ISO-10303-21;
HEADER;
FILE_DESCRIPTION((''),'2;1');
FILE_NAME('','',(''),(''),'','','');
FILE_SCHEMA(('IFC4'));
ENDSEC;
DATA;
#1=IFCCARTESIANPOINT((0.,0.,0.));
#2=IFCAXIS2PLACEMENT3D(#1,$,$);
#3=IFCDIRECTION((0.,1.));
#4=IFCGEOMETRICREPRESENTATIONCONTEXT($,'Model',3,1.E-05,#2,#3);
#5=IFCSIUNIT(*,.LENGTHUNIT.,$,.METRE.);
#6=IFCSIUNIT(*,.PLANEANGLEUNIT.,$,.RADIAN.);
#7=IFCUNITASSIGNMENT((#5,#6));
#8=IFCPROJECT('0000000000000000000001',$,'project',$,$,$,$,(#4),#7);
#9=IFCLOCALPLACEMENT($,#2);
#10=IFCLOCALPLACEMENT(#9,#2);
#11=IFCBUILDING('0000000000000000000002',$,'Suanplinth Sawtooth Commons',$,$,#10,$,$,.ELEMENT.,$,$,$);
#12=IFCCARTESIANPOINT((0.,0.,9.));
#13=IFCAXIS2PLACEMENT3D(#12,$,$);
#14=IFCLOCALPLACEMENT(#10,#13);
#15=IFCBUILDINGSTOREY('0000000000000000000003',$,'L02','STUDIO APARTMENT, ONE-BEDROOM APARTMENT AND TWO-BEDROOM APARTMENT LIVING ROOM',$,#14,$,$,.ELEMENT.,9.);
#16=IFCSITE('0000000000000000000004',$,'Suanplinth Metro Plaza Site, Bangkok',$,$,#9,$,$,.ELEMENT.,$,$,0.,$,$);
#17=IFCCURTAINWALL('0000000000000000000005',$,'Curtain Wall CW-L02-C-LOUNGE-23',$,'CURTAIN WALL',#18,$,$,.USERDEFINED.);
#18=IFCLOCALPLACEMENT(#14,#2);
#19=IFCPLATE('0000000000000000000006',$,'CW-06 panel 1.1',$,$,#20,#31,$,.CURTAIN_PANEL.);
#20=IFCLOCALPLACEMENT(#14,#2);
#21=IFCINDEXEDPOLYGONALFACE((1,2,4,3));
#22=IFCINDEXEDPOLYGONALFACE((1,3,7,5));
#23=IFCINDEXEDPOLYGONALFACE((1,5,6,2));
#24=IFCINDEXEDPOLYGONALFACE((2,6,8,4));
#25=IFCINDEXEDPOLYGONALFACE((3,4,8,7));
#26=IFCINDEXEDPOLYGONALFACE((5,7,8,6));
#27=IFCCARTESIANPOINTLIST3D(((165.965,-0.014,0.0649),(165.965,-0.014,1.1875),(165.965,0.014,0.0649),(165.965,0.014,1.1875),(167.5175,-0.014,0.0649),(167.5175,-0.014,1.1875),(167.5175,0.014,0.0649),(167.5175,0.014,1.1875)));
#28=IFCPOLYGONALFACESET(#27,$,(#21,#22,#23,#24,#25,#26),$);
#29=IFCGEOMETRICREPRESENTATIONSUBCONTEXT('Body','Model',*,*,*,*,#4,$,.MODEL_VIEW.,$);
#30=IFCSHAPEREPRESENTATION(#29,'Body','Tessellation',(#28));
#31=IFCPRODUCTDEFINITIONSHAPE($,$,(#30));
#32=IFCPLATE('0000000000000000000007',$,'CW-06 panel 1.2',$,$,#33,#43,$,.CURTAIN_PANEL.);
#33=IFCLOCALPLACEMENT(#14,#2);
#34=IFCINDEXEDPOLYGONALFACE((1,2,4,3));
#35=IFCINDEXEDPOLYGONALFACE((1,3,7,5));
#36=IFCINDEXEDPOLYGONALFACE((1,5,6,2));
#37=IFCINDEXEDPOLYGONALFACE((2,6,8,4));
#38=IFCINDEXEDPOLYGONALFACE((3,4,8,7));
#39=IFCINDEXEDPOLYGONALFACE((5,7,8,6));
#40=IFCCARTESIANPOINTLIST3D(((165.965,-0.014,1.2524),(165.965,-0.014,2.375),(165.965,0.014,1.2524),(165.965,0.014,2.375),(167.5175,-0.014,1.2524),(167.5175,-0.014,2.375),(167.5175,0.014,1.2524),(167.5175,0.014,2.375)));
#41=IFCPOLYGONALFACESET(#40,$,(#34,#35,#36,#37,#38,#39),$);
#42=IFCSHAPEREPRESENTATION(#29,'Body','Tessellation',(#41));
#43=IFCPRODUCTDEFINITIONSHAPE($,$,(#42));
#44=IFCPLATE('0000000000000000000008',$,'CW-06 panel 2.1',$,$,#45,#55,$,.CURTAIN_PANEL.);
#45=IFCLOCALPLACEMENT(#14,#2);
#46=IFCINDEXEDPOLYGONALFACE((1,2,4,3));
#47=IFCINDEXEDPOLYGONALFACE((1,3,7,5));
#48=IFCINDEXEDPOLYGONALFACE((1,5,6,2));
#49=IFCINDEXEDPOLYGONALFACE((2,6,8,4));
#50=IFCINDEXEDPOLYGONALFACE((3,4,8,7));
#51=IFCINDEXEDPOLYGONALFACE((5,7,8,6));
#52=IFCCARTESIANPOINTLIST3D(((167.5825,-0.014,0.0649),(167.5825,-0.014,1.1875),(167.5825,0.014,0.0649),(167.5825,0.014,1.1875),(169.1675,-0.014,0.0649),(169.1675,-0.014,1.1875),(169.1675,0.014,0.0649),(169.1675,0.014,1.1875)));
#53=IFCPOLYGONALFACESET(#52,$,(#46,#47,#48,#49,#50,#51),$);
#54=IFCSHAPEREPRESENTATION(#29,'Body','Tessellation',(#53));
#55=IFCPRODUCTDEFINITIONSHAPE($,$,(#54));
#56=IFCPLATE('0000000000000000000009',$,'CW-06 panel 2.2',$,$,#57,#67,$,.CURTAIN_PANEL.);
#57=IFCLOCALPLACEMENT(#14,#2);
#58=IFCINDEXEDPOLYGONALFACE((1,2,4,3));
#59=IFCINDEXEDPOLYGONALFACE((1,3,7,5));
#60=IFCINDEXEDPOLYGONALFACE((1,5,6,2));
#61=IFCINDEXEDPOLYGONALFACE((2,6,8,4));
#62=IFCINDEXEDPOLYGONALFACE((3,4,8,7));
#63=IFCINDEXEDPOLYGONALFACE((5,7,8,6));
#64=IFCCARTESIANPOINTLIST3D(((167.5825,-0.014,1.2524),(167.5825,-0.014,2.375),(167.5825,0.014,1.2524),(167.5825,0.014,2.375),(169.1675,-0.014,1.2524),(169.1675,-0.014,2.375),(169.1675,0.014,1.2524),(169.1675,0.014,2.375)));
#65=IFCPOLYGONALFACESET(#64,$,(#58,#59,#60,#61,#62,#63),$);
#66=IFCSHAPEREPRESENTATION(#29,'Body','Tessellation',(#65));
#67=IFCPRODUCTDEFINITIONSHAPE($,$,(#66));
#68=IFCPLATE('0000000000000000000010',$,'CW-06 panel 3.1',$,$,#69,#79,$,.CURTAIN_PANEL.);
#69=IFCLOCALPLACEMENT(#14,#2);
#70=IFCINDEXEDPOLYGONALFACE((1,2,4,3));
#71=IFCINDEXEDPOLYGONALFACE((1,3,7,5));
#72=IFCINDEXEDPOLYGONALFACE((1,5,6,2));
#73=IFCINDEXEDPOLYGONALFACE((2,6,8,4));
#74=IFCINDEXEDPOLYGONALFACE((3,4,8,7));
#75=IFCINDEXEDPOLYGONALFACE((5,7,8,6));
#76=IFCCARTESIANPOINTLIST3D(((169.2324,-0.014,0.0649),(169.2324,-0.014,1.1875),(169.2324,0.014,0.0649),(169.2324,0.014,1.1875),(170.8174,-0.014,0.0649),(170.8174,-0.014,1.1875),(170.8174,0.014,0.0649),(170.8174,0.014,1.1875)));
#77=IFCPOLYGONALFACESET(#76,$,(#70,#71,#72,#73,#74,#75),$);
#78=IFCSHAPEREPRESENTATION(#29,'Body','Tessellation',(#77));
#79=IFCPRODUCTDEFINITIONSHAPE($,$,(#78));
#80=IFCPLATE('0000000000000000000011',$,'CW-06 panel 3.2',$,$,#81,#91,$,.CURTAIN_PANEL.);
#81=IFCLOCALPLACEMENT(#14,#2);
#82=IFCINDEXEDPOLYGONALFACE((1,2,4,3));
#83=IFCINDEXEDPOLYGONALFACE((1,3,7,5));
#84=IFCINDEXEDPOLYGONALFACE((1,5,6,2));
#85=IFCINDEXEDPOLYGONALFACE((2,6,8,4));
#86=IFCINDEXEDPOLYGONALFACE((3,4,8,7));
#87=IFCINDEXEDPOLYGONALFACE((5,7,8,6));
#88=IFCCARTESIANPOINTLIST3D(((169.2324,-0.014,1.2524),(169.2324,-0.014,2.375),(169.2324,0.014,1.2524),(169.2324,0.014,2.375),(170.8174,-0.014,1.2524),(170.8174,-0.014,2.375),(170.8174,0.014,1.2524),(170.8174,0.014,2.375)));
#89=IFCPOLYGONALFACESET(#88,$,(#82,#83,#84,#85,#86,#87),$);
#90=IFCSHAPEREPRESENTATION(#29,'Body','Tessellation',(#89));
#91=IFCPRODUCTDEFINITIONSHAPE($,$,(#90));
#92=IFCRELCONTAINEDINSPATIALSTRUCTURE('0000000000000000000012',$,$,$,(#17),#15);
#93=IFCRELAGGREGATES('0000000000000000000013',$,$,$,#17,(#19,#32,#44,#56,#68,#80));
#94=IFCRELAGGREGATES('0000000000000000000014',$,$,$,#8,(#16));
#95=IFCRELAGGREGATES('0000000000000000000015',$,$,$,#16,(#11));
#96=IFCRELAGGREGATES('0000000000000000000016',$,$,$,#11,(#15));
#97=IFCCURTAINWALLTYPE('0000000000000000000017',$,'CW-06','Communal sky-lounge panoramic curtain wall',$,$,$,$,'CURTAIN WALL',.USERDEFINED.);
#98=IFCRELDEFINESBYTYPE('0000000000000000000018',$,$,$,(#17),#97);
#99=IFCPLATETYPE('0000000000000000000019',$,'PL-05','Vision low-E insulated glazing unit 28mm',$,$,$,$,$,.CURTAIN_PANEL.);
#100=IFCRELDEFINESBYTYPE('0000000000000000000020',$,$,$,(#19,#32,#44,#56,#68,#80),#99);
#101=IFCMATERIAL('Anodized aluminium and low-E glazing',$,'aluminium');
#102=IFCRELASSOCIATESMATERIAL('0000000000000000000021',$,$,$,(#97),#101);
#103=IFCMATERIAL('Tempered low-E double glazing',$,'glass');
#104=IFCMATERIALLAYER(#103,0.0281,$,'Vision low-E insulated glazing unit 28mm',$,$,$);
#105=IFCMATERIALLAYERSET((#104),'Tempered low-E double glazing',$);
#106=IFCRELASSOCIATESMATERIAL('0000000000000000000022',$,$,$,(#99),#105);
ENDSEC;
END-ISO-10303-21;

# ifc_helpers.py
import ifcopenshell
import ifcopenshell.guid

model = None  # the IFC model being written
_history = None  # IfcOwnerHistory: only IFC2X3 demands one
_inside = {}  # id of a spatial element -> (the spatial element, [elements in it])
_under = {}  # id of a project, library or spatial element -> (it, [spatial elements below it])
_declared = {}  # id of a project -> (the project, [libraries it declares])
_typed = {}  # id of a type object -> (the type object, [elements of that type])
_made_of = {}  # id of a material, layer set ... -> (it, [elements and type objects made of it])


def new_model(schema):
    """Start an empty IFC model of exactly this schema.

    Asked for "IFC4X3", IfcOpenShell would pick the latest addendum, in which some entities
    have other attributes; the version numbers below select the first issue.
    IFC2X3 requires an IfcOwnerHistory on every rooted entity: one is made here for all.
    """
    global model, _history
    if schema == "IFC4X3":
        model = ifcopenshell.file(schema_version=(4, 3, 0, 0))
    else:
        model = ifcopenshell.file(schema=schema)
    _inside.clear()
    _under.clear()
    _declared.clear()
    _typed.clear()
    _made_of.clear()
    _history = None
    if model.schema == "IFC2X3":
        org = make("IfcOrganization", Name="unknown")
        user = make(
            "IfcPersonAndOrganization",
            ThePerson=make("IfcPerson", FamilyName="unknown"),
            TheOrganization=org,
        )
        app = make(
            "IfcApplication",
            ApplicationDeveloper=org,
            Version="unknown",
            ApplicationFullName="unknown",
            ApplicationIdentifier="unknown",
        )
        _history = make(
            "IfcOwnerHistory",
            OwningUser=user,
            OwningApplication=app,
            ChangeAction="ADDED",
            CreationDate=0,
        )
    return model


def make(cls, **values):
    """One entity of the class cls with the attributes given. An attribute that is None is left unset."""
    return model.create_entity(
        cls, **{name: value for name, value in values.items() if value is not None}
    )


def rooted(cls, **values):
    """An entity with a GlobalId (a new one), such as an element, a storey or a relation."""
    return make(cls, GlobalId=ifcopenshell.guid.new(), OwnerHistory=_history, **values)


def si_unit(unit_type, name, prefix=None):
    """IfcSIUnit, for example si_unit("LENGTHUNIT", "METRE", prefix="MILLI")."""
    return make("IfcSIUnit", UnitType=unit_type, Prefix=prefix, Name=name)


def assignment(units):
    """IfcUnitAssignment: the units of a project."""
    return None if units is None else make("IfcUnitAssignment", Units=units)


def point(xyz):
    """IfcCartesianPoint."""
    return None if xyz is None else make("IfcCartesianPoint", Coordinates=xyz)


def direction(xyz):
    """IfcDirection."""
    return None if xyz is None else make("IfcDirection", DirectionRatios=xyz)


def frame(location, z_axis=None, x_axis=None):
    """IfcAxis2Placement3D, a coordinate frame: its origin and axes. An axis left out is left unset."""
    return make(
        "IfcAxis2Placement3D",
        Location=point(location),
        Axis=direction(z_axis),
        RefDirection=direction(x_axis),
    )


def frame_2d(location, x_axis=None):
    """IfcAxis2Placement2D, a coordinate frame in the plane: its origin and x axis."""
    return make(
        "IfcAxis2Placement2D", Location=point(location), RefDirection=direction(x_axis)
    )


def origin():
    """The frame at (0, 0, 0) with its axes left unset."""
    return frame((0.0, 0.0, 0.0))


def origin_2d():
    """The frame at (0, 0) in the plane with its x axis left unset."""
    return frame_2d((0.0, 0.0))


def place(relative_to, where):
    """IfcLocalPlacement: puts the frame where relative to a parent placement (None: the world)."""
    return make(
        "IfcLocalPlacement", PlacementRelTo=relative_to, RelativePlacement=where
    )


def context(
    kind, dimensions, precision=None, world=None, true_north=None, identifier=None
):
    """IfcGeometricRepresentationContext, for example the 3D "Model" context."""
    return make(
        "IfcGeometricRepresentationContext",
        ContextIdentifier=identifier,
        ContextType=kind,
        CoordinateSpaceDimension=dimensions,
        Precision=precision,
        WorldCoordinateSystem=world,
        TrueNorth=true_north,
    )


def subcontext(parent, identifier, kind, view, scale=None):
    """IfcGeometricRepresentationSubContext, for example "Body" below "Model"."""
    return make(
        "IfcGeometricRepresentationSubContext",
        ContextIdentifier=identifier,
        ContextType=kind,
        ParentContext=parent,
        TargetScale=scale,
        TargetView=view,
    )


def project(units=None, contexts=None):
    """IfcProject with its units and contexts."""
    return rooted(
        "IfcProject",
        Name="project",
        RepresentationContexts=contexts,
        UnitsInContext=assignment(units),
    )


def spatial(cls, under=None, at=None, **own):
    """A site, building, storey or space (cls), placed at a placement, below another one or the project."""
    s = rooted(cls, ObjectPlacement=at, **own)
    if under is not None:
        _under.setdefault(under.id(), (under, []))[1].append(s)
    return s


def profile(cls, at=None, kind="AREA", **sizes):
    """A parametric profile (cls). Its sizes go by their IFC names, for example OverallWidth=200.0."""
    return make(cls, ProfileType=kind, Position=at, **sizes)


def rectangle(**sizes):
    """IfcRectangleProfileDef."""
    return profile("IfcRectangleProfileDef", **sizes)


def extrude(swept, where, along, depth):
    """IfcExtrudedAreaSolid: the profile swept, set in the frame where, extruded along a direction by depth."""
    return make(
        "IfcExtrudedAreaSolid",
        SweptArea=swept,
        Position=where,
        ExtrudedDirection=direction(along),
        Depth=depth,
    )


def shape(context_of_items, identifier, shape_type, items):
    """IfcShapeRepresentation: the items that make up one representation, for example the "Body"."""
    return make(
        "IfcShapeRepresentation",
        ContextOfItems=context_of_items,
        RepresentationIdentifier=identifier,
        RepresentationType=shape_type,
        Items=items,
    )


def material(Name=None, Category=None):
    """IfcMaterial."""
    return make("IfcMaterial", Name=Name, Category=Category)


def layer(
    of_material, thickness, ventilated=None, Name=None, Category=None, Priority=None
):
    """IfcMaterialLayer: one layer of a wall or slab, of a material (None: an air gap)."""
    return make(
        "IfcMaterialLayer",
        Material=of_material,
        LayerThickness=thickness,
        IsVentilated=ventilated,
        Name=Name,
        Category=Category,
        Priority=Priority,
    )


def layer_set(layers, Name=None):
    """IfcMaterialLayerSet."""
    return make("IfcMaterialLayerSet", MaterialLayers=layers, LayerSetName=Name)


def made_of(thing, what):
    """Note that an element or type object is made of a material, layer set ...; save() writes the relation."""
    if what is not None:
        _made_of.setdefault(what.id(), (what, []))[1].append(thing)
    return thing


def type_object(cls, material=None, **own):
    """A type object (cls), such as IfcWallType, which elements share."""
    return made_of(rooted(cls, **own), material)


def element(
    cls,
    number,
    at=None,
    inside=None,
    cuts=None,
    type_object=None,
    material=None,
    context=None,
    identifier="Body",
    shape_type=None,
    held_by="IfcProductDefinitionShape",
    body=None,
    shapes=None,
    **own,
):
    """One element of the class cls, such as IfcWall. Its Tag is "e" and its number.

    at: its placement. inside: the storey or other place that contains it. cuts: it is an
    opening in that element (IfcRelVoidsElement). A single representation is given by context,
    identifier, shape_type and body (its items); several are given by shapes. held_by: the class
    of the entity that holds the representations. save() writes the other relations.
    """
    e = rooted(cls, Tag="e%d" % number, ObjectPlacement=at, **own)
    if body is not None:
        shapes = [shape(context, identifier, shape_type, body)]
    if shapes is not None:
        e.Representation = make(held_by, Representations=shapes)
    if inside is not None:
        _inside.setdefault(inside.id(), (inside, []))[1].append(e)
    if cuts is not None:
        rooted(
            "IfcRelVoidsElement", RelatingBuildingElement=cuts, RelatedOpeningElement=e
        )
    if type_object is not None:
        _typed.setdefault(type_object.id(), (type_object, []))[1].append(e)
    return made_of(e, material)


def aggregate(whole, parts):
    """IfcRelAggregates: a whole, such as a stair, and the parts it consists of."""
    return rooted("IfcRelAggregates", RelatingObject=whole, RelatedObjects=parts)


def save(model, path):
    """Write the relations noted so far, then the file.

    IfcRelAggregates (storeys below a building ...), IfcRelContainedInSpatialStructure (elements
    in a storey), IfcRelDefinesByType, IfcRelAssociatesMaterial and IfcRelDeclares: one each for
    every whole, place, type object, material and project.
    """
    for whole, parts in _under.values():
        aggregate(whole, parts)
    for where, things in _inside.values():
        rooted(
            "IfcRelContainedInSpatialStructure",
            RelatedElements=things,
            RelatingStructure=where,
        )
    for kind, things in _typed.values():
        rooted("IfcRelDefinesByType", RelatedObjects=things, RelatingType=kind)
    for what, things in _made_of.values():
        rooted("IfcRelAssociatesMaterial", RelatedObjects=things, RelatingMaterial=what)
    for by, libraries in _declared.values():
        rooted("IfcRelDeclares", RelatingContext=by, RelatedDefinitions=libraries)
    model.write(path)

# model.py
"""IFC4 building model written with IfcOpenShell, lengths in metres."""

from ifc_helpers import new_model, si_unit, direction, frame, origin, origin_2d, place, context, subcontext, project, spatial, rectangle, extrude, material, layer, layer_set, type_object, element, aggregate, save


model = new_model("IFC4")

# Units and contexts
model_context = context("Model", 3, precision=1e-05, world=origin(), true_north=direction((0.0, 1.0)))
body_context = subcontext(model_context, "Body", "Model", "MODEL_VIEW")
ifc_project = project(units=[si_unit("LENGTHUNIT", "METRE"), si_unit("PLANEANGLEUNIT", "RADIAN")], contexts=[model_context])

# Site, building, storey
site_placement = place(None, origin())
site = spatial("IfcSite", under=ifc_project, at=site_placement, Name="Suanplinth Metro Plaza Site, Bangkok", CompositionType="ELEMENT", RefElevation=0.0)
building_placement = place(site_placement, origin())
building = spatial("IfcBuilding", under=site, at=building_placement, Name="Suanplinth Sawtooth Commons", CompositionType="ELEMENT")
storey_placement = place(building_placement, frame((0.0, 0.0, 9.0)))
storey = spatial("IfcBuildingStorey", under=building, at=storey_placement, Name="L02", Description="STUDIO APARTMENT, ONE-BEDROOM APARTMENT AND TWO-BEDROOM APARTMENT LIVING ROOM", CompositionType="ELEMENT", Elevation=9.0)

# Curtain wall, plates
ifc_material_1 = material(Name="Anodized aluminium and low-E glazing", Category="aluminium")
curtain_wall_type = type_object("IfcCurtainWallType", Name="CW-06", Description="Communal sky-lounge panoramic curtain wall", ElementType="CURTAIN WALL", PredefinedType="USERDEFINED", material=ifc_material_1)
curtain_wall_placement = place(storey_placement, origin())
curtain_wall = element("IfcCurtainWall", 1, at=curtain_wall_placement, inside=storey, type_object=curtain_wall_type, Name="Curtain Wall CW-L02-C-LOUNGE-23", ObjectType="CURTAIN WALL", PredefinedType="USERDEFINED")
ifc_material_2 = material(Name="Tempered low-E double glazing", Category="glass")
ifc_layer_1 = layer(ifc_material_2, 0.0281, Name="Vision low-E insulated glazing unit 28mm")
ifc_layer_set_1 = layer_set([ifc_layer_1], Name="Tempered low-E double glazing")
plate_type = type_object("IfcPlateType", Name="PL-05", Description="Vision low-E insulated glazing unit 28mm", PredefinedType="CURTAIN_PANEL", material=ifc_layer_set_1)
plate_1_placement = place(storey_placement, frame((166.7412, 0.0, 0.0649), z_axis=(0.0, 0.0, 1.0), x_axis=(1.0, 0.0, 0.0)))
plate_1 = element("IfcPlate", 2, at=plate_1_placement, type_object=plate_type, Name="CW-06 panel 1.1", PredefinedType="CURTAIN_PANEL", context=body_context, shape_type="SweptSolid", body=[
    extrude(rectangle(XDim=1.5525, YDim=0.0281, at=origin_2d()), origin(), (0.0, 0.0, 1.0), 1.1226),
])
plate_2_placement = place(storey_placement, frame((166.7412, 0.0, 1.2524), z_axis=(0.0, 0.0, 1.0), x_axis=(1.0, 0.0, 0.0)))
plate_2 = element("IfcPlate", 3, at=plate_2_placement, type_object=plate_type, Name="CW-06 panel 1.2", PredefinedType="CURTAIN_PANEL", context=body_context, shape_type="SweptSolid", body=[
    extrude(rectangle(XDim=1.5525, YDim=0.0281, at=origin_2d()), origin(), (0.0, 0.0, 1.0), 1.1226),
])
plate_3_placement = place(storey_placement, frame((168.375, 0.0, 0.0649), z_axis=(0.0, 0.0, 1.0), x_axis=(1.0, 0.0, 0.0)))
plate_3 = element("IfcPlate", 4, at=plate_3_placement, type_object=plate_type, Name="CW-06 panel 2.1", PredefinedType="CURTAIN_PANEL", context=body_context, shape_type="SweptSolid", body=[
    extrude(rectangle(XDim=1.585, YDim=0.0281, at=origin_2d()), origin(), (0.0, 0.0, 1.0), 1.1226),
])
plate_4_placement = place(storey_placement, frame((168.375, 0.0, 1.2524), z_axis=(0.0, 0.0, 1.0), x_axis=(1.0, 0.0, 0.0)))
plate_4 = element("IfcPlate", 5, at=plate_4_placement, type_object=plate_type, Name="CW-06 panel 2.2", PredefinedType="CURTAIN_PANEL", context=body_context, shape_type="SweptSolid", body=[
    extrude(rectangle(XDim=1.585, YDim=0.0281, at=origin_2d()), origin(), (0.0, 0.0, 1.0), 1.1226),
])
plate_5_placement = place(storey_placement, frame((170.0249, 0.0, 0.0649), z_axis=(0.0, 0.0, 1.0), x_axis=(1.0, 0.0, 0.0)))
plate_5 = element("IfcPlate", 6, at=plate_5_placement, type_object=plate_type, Name="CW-06 panel 3.1", PredefinedType="CURTAIN_PANEL", context=body_context, shape_type="SweptSolid", body=[
    extrude(rectangle(XDim=1.585, YDim=0.0281, at=origin_2d()), origin(), (0.0, 0.0, 1.0), 1.1226),
])
plate_6_placement = place(storey_placement, frame((170.0249, 0.0, 1.2524), z_axis=(0.0, 0.0, 1.0), x_axis=(1.0, 0.0, 0.0)))
plate_6 = element("IfcPlate", 7, at=plate_6_placement, type_object=plate_type, Name="CW-06 panel 3.2", PredefinedType="CURTAIN_PANEL", context=body_context, shape_type="SweptSolid", body=[
    extrude(rectangle(XDim=1.585, YDim=0.0281, at=origin_2d()), origin(), (0.0, 0.0, 1.0), 1.1226),
])
aggregate(curtain_wall, [plate_1, plate_2, plate_3, plate_4, plate_5, plate_6])

save(model, "model.ifc")
